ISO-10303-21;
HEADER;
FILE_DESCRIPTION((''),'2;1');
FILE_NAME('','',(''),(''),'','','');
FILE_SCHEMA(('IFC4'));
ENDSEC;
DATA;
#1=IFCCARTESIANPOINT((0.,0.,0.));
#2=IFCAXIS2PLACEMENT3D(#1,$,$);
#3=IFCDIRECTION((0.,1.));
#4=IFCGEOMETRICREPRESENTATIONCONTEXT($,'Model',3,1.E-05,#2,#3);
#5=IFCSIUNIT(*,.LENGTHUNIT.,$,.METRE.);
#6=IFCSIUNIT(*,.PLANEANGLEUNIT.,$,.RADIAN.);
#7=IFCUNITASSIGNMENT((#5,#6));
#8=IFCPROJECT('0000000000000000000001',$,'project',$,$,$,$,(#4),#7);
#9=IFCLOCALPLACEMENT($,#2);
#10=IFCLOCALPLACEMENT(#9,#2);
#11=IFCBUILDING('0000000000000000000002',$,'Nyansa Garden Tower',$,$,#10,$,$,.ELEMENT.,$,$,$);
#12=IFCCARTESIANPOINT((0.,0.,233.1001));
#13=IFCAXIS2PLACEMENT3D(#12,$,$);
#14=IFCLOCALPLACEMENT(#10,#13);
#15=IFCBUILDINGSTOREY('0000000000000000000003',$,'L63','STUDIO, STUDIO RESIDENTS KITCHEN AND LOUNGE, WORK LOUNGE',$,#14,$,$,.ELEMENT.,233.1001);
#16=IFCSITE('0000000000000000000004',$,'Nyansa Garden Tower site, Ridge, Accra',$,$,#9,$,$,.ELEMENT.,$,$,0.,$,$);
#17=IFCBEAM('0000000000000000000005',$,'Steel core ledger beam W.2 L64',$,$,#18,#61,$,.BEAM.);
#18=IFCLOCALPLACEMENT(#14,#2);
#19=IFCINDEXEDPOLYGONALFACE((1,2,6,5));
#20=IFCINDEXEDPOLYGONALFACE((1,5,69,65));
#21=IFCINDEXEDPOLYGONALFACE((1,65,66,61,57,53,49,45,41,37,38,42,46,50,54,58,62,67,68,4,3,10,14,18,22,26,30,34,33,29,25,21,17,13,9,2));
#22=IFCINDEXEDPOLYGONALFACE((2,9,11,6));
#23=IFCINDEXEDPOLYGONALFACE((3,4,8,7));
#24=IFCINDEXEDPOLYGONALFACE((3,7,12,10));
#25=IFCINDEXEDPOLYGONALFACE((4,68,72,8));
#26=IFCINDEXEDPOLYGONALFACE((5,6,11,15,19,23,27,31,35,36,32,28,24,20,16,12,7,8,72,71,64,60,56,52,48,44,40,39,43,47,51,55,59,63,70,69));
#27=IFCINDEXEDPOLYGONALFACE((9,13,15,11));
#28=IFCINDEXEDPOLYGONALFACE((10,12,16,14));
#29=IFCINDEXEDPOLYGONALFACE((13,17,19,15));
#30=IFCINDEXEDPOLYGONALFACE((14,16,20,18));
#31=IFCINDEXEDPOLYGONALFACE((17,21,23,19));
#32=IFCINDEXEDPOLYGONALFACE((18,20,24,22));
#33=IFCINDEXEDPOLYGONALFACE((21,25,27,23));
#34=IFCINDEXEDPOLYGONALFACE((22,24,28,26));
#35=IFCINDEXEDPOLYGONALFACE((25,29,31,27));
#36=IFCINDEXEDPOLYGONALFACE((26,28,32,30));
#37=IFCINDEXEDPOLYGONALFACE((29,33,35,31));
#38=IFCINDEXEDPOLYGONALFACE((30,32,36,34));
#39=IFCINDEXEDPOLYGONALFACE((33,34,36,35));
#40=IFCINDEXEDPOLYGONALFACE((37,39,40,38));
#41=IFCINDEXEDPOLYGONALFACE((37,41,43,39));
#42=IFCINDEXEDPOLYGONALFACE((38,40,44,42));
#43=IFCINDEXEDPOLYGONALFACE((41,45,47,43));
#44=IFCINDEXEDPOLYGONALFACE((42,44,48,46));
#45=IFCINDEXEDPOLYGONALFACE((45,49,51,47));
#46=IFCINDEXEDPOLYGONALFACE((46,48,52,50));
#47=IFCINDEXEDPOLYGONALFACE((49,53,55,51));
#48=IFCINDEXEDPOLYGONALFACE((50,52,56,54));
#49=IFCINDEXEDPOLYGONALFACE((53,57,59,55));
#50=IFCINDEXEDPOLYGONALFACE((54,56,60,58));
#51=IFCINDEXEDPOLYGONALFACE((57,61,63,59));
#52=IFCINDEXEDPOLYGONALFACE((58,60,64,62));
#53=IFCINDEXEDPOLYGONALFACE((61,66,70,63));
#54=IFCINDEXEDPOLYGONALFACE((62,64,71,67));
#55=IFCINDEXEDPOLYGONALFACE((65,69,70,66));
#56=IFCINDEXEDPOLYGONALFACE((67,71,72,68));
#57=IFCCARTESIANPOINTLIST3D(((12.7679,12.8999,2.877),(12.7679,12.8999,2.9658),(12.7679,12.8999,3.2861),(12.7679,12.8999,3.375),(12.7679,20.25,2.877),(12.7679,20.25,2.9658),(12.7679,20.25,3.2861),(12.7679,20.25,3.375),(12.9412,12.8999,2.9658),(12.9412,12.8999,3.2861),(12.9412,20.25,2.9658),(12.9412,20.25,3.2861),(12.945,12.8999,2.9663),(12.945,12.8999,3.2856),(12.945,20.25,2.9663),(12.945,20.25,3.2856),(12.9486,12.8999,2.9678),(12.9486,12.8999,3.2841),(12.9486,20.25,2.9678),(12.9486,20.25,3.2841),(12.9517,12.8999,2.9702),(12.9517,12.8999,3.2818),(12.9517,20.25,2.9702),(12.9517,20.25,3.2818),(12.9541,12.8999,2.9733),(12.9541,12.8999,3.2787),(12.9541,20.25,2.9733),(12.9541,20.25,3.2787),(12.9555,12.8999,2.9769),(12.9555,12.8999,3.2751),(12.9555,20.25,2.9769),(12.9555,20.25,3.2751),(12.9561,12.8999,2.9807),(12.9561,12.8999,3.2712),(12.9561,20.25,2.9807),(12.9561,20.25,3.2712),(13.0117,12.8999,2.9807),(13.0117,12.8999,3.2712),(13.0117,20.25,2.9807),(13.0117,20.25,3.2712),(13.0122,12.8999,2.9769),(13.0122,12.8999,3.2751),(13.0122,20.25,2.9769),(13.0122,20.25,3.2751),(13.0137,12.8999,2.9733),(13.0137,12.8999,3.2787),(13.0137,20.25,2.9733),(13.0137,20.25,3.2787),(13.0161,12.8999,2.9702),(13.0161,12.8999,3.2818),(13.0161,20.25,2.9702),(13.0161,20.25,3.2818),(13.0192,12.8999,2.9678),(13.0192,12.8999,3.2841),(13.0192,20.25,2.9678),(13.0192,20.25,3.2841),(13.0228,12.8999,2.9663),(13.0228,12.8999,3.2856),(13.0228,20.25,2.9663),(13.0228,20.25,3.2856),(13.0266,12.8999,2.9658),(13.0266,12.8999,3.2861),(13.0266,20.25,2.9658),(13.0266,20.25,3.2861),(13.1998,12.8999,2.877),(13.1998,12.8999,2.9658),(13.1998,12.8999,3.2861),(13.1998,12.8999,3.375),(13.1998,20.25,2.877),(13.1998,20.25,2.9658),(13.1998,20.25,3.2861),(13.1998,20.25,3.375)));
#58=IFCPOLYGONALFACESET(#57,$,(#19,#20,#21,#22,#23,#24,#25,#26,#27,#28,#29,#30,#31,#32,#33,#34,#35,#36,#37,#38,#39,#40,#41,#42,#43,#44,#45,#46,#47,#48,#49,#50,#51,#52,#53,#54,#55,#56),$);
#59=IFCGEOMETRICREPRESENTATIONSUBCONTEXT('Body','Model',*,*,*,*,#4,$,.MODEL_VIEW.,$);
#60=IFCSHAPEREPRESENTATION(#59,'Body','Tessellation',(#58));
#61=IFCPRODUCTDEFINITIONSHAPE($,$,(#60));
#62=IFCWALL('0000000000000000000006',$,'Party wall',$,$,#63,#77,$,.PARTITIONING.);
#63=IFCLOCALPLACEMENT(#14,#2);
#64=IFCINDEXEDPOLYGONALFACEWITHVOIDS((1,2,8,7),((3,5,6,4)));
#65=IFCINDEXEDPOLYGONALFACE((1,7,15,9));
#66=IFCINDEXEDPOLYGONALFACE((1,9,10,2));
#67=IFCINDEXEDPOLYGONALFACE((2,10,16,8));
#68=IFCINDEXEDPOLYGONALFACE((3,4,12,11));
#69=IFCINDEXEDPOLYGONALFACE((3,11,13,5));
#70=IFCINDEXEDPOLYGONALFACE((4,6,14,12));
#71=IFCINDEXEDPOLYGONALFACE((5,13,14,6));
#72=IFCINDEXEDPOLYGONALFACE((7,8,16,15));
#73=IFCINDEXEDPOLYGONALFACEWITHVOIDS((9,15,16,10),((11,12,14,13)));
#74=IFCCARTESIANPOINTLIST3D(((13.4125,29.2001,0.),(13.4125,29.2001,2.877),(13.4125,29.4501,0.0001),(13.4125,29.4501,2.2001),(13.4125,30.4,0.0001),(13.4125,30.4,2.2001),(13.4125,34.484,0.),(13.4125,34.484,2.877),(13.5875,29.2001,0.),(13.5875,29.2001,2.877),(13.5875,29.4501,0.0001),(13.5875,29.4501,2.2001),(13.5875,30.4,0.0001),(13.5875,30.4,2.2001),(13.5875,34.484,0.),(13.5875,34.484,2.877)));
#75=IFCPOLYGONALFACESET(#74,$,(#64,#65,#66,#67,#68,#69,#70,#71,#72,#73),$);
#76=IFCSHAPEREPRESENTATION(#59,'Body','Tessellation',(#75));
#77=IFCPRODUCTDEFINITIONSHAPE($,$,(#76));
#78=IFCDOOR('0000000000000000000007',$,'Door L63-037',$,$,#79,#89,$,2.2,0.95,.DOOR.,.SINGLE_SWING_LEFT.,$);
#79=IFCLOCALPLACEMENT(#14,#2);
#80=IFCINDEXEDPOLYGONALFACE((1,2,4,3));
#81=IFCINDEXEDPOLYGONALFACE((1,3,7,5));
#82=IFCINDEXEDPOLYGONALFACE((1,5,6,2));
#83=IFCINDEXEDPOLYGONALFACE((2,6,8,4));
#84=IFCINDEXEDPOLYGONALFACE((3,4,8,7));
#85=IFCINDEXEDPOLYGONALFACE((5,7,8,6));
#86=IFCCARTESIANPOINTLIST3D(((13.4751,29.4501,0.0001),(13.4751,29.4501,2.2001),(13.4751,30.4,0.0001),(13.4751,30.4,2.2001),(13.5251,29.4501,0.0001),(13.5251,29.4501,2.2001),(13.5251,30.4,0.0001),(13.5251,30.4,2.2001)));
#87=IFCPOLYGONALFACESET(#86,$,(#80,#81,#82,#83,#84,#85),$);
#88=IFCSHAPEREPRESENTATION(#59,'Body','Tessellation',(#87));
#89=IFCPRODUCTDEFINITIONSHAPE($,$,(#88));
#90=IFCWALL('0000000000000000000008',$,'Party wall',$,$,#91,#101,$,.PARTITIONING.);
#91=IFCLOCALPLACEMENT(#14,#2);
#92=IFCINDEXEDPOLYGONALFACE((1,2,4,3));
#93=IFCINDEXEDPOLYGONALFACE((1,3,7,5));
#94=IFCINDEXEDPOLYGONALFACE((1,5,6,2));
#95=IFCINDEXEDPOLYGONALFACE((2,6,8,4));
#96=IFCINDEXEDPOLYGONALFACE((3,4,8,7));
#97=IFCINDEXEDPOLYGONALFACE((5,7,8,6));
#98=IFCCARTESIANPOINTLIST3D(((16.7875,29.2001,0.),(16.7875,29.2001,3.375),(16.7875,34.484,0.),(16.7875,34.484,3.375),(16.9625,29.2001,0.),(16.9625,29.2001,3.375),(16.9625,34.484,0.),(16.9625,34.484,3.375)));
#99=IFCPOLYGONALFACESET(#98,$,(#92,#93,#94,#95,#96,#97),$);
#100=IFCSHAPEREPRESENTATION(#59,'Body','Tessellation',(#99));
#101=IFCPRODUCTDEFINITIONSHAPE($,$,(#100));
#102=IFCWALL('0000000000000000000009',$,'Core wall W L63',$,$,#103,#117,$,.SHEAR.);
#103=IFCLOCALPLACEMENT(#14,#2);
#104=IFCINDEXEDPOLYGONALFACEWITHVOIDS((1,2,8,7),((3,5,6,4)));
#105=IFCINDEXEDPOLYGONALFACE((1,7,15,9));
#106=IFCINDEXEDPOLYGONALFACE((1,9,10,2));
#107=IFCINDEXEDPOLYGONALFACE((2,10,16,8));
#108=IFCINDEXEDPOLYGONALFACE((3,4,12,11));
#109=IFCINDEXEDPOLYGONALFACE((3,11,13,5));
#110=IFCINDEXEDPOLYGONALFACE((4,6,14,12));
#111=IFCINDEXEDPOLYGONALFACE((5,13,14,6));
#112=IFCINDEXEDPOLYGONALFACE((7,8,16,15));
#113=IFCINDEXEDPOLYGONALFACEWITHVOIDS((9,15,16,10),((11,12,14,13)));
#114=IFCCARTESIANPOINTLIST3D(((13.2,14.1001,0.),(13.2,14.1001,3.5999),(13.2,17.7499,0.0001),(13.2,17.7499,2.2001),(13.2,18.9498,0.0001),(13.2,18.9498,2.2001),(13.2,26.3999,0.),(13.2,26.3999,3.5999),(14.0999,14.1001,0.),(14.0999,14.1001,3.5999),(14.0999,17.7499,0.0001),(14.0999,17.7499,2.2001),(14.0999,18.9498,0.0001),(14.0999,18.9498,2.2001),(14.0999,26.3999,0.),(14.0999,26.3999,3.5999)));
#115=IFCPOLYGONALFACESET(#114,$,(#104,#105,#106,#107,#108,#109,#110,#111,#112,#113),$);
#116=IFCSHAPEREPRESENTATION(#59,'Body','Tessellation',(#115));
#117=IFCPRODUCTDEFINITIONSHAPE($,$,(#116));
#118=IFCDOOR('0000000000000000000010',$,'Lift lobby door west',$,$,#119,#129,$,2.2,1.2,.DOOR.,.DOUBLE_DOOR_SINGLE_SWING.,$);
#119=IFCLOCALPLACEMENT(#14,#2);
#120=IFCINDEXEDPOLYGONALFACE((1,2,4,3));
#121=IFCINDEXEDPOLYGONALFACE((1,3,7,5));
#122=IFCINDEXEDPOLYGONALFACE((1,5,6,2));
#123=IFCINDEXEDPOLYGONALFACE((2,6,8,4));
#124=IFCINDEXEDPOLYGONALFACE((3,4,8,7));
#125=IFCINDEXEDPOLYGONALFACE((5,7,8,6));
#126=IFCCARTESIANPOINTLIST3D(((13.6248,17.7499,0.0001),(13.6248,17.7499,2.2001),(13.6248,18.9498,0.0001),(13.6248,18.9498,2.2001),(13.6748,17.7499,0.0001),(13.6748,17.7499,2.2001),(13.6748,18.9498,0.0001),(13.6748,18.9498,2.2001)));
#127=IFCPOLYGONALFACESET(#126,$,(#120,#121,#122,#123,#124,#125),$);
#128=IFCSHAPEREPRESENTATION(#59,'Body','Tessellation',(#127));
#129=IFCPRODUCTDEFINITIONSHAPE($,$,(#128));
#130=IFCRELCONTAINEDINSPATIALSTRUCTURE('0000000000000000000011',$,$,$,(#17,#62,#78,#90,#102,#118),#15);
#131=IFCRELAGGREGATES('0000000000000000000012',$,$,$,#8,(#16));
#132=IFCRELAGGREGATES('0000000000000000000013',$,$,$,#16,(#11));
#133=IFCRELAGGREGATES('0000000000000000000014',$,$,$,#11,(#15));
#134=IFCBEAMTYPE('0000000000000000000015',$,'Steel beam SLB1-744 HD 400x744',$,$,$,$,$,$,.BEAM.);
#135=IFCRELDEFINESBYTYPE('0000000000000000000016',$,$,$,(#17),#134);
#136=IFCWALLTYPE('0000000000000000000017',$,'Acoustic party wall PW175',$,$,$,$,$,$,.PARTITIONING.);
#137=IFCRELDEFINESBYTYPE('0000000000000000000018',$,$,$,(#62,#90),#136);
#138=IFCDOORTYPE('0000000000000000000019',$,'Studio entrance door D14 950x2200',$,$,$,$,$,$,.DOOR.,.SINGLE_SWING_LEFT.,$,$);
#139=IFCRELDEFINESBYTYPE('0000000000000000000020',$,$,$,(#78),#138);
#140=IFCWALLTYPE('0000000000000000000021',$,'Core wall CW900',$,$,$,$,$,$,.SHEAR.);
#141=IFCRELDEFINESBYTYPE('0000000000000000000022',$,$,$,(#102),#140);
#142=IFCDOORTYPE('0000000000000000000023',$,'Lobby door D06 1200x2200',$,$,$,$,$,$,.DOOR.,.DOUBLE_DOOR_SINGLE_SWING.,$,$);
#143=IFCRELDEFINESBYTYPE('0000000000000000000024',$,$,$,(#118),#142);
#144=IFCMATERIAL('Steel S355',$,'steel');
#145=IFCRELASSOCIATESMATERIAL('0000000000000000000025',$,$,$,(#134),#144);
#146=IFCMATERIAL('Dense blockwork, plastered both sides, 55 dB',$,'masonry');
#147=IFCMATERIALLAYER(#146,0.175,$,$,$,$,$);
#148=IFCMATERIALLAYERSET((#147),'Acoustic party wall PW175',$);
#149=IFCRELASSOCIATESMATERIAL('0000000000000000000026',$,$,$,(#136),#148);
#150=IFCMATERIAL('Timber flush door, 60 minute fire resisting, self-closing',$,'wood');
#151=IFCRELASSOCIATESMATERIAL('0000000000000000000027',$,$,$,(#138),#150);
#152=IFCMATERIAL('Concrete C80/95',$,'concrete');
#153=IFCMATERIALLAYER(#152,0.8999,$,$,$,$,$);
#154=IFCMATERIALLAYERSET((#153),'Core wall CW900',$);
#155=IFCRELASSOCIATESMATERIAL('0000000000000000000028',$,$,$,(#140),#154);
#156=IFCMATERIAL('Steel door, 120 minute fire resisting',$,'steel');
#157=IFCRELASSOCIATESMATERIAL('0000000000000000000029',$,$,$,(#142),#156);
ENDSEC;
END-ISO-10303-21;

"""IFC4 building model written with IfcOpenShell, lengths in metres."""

from ifc_helpers import new_model, si_unit, direction, frame, frame_2d, origin, origin_2d, place, context, subcontext, project, spatial, rectangle, i_section, extrude, material, layer, layer_set, material_profile, profile_set, type_object, element, fill, save


model = new_model("IFC4")

# Units and contexts
model_context = context("Model", 3, precision=1e-05, world=origin(), true_north=direction((0.0, 1.0)))
body_context = subcontext(model_context, "Body", "Model", "MODEL_VIEW")
ifc_project = project(units=[si_unit("LENGTHUNIT", "METRE"), si_unit("PLANEANGLEUNIT", "RADIAN")], contexts=[model_context])

# Site, building, storey
site_placement = place(None, origin())
site = spatial("IfcSite", under=ifc_project, at=site_placement, Name="Nyansa Garden Tower site, Ridge, Accra", CompositionType="ELEMENT", RefElevation=0.0)
building_placement = place(site_placement, origin())
building = spatial("IfcBuilding", under=site, at=building_placement, Name="Nyansa Garden Tower", CompositionType="ELEMENT")
storey_placement = place(building_placement, frame((0.0, 0.0, 233.1001)))
storey = spatial("IfcBuildingStorey", under=building, at=storey_placement, Name="L63", Description="STUDIO, STUDIO RESIDENTS KITCHEN AND LOUNGE, WORK LOUNGE", CompositionType="ELEMENT", Elevation=233.1001)

# Beam
ifc_material_1 = material(Name="Steel S355", Category="steel")
ifc_material_profile_1 = material_profile(ifc_material_1, i_section(OverallWidth=0.4319, OverallDepth=0.498, WebThickness=0.0557, FlangeThickness=0.0889, FilletRadius=0.0149, at=origin_2d()), Name="HD 400x744")
ifc_profile_set_1 = profile_set([ifc_material_profile_1], Name="Steel S355")
beam_type_1 = type_object("IfcBeamType", Name="Steel beam SLB1-744 HD 400x744", PredefinedType="BEAM", material=ifc_profile_set_1)
for number, where, z_axis, x_axis, name in (
    (1, (12.9839, 20.25, 3.126), (0.0, -1.0, 0.0), (1.0, 0.0, 0.0), "Steel core ledger beam W.2 L64"),
):
    element("IfcBeam", number, at=place(storey_placement, frame(where, z_axis=z_axis, x_axis=x_axis)), inside=storey, type_object=beam_type_1, Name=name, PredefinedType="BEAM", context=body_context, shape_type="SweptSolid", body=[
        extrude(i_section(OverallWidth=0.4319, OverallDepth=0.498, WebThickness=0.0557, FlangeThickness=0.0889, FilletRadius=0.0149, at=origin_2d()), origin(), (0.0, 0.0, 1.0), 7.3501),
    ])

# Wall, opening, door
ifc_material_2 = material(Name="Dense blockwork, plastered both sides, 55 dB", Category="masonry")
ifc_layer_1 = layer(ifc_material_2, 0.175)
ifc_layer_set_1 = layer_set([ifc_layer_1], Name="Acoustic party wall PW175")
wall_type_1 = type_object("IfcWallType", Name="Acoustic party wall PW175", PredefinedType="PARTITIONING", material=ifc_layer_set_1)
wall_1_placement = place(storey_placement, frame((13.5, 29.2, 0.0), z_axis=(0.0, 0.0, 1.0), x_axis=(0.0, 1.0, 0.0)))
wall_1 = element("IfcWall", 2, at=wall_1_placement, inside=storey, type_object=wall_type_1, Name="Party wall", PredefinedType="PARTITIONING", context=body_context, shape_type="SweptSolid", body=[
    extrude(rectangle(XDim=5.2839, YDim=0.175, at=frame_2d((2.6421, 0.0))), origin(), (0.0, 0.0, 1.0), 2.877),
])
opening_1_placement = place(wall_1_placement, frame((0.25, 0.0, 0.0)))
opening_1 = element("IfcOpeningElement", 3, at=opening_1_placement, cuts=wall_1, PredefinedType="OPENING", context=body_context, shape_type="SweptSolid", body=[
    extrude(rectangle(XDim=0.95, YDim=2.2, at=frame_2d((0.4751, 1.1001))), frame((0.0, 0.0974, 0.0), z_axis=(0.0, -1.0, 0.0), x_axis=(1.0, 0.0, 0.0)), (0.0, 0.0, 1.0), 0.1951),
])
ifc_material_3 = material(Name="Timber flush door, 60 minute fire resisting, self-closing", Category="wood")
door_type_1 = type_object("IfcDoorType", Name="Studio entrance door D14 950x2200", OperationType="SINGLE_SWING_LEFT", PredefinedType="DOOR", material=ifc_material_3)
door_1_placement = place(opening_1_placement, origin())
door_1 = element("IfcDoor", 4, at=door_1_placement, inside=storey, type_object=door_type_1, Name="Door L63-037", OperationType="SINGLE_SWING_LEFT", OverallHeight=2.2, OverallWidth=0.95, PredefinedType="DOOR", context=body_context, shape_type="SweptSolid", body=[
    extrude(rectangle(XDim=0.95, YDim=2.2, at=frame_2d((0.4751, 1.1001))), frame((0.0, 0.0249, 0.0), z_axis=(0.0, -1.0, 0.0), x_axis=(1.0, 0.0, 0.0)), (0.0, 0.0, 1.0), 0.05),
])
fill(opening_1, door_1)

# Wall
wall_2_placement = place(storey_placement, frame((16.875, 29.2, 0.0), z_axis=(0.0, 0.0, 1.0), x_axis=(0.0, 1.0, 0.0)))
element("IfcWall", 5, at=wall_2_placement, inside=storey, type_object=wall_type_1, Name="Party wall", PredefinedType="PARTITIONING", context=body_context, shape_type="SweptSolid", body=[
    extrude(rectangle(XDim=5.2839, YDim=0.175, at=frame_2d((2.6421, 0.0))), origin(), (0.0, 0.0, 1.0), 3.375),
])

# Wall, opening, door
ifc_material_4 = material(Name="Concrete C80/95", Category="concrete")
ifc_layer_2 = layer(ifc_material_4, 0.8999)
ifc_layer_set_2 = layer_set([ifc_layer_2], Name="Core wall CW900")
wall_type_2 = type_object("IfcWallType", Name="Core wall CW900", PredefinedType="SHEAR", material=ifc_layer_set_2)
wall_3_placement = place(storey_placement, frame((13.6499, 26.3999, 0.0), z_axis=(0.0, 0.0, 1.0), x_axis=(0.0, -1.0, 0.0)))
wall_3 = element("IfcWall", 6, at=wall_3_placement, inside=storey, type_object=wall_type_2, Name="Core wall W L63", PredefinedType="SHEAR", context=body_context, shape_type="SweptSolid", body=[
    extrude(rectangle(XDim=12.2998, YDim=0.8999, at=frame_2d((6.1499, 0.0))), origin(), (0.0, 0.0, 1.0), 3.5999),
])
opening_2_placement = place(wall_3_placement, frame((7.45, 0.0, 0.0)))
opening_2 = element("IfcOpeningElement", 7, at=opening_2_placement, cuts=wall_3, PredefinedType="OPENING", context=body_context, shape_type="SweptSolid", body=[
    extrude(rectangle(XDim=1.2, YDim=2.2, at=frame_2d((0.6001, 1.1001))), frame((0.0, 0.46, 0.0), z_axis=(0.0, -1.0, 0.0), x_axis=(1.0, 0.0, 0.0)), (0.0, 0.0, 1.0), 0.9199),
])
ifc_material_5 = material(Name="Steel door, 120 minute fire resisting", Category="steel")
door_type_2 = type_object("IfcDoorType", Name="Lobby door D06 1200x2200", OperationType="DOUBLE_DOOR_SINGLE_SWING", PredefinedType="DOOR", material=ifc_material_5)
door_2_placement = place(opening_2_placement, origin())
door_2 = element("IfcDoor", 8, at=door_2_placement, inside=storey, type_object=door_type_2, Name="Lift lobby door west", OperationType="DOUBLE_DOOR_SINGLE_SWING", OverallHeight=2.2, OverallWidth=1.2, PredefinedType="DOOR", context=body_context, shape_type="SweptSolid", body=[
    extrude(rectangle(XDim=1.2, YDim=2.2, at=frame_2d((0.6001, 1.1001))), frame((0.0, 0.0249, 0.0), z_axis=(0.0, -1.0, 0.0), x_axis=(1.0, 0.0, 0.0)), (0.0, 0.0, 1.0), 0.05),
])
fill(opening_2, door_2)

save(model, "model.ifc")
